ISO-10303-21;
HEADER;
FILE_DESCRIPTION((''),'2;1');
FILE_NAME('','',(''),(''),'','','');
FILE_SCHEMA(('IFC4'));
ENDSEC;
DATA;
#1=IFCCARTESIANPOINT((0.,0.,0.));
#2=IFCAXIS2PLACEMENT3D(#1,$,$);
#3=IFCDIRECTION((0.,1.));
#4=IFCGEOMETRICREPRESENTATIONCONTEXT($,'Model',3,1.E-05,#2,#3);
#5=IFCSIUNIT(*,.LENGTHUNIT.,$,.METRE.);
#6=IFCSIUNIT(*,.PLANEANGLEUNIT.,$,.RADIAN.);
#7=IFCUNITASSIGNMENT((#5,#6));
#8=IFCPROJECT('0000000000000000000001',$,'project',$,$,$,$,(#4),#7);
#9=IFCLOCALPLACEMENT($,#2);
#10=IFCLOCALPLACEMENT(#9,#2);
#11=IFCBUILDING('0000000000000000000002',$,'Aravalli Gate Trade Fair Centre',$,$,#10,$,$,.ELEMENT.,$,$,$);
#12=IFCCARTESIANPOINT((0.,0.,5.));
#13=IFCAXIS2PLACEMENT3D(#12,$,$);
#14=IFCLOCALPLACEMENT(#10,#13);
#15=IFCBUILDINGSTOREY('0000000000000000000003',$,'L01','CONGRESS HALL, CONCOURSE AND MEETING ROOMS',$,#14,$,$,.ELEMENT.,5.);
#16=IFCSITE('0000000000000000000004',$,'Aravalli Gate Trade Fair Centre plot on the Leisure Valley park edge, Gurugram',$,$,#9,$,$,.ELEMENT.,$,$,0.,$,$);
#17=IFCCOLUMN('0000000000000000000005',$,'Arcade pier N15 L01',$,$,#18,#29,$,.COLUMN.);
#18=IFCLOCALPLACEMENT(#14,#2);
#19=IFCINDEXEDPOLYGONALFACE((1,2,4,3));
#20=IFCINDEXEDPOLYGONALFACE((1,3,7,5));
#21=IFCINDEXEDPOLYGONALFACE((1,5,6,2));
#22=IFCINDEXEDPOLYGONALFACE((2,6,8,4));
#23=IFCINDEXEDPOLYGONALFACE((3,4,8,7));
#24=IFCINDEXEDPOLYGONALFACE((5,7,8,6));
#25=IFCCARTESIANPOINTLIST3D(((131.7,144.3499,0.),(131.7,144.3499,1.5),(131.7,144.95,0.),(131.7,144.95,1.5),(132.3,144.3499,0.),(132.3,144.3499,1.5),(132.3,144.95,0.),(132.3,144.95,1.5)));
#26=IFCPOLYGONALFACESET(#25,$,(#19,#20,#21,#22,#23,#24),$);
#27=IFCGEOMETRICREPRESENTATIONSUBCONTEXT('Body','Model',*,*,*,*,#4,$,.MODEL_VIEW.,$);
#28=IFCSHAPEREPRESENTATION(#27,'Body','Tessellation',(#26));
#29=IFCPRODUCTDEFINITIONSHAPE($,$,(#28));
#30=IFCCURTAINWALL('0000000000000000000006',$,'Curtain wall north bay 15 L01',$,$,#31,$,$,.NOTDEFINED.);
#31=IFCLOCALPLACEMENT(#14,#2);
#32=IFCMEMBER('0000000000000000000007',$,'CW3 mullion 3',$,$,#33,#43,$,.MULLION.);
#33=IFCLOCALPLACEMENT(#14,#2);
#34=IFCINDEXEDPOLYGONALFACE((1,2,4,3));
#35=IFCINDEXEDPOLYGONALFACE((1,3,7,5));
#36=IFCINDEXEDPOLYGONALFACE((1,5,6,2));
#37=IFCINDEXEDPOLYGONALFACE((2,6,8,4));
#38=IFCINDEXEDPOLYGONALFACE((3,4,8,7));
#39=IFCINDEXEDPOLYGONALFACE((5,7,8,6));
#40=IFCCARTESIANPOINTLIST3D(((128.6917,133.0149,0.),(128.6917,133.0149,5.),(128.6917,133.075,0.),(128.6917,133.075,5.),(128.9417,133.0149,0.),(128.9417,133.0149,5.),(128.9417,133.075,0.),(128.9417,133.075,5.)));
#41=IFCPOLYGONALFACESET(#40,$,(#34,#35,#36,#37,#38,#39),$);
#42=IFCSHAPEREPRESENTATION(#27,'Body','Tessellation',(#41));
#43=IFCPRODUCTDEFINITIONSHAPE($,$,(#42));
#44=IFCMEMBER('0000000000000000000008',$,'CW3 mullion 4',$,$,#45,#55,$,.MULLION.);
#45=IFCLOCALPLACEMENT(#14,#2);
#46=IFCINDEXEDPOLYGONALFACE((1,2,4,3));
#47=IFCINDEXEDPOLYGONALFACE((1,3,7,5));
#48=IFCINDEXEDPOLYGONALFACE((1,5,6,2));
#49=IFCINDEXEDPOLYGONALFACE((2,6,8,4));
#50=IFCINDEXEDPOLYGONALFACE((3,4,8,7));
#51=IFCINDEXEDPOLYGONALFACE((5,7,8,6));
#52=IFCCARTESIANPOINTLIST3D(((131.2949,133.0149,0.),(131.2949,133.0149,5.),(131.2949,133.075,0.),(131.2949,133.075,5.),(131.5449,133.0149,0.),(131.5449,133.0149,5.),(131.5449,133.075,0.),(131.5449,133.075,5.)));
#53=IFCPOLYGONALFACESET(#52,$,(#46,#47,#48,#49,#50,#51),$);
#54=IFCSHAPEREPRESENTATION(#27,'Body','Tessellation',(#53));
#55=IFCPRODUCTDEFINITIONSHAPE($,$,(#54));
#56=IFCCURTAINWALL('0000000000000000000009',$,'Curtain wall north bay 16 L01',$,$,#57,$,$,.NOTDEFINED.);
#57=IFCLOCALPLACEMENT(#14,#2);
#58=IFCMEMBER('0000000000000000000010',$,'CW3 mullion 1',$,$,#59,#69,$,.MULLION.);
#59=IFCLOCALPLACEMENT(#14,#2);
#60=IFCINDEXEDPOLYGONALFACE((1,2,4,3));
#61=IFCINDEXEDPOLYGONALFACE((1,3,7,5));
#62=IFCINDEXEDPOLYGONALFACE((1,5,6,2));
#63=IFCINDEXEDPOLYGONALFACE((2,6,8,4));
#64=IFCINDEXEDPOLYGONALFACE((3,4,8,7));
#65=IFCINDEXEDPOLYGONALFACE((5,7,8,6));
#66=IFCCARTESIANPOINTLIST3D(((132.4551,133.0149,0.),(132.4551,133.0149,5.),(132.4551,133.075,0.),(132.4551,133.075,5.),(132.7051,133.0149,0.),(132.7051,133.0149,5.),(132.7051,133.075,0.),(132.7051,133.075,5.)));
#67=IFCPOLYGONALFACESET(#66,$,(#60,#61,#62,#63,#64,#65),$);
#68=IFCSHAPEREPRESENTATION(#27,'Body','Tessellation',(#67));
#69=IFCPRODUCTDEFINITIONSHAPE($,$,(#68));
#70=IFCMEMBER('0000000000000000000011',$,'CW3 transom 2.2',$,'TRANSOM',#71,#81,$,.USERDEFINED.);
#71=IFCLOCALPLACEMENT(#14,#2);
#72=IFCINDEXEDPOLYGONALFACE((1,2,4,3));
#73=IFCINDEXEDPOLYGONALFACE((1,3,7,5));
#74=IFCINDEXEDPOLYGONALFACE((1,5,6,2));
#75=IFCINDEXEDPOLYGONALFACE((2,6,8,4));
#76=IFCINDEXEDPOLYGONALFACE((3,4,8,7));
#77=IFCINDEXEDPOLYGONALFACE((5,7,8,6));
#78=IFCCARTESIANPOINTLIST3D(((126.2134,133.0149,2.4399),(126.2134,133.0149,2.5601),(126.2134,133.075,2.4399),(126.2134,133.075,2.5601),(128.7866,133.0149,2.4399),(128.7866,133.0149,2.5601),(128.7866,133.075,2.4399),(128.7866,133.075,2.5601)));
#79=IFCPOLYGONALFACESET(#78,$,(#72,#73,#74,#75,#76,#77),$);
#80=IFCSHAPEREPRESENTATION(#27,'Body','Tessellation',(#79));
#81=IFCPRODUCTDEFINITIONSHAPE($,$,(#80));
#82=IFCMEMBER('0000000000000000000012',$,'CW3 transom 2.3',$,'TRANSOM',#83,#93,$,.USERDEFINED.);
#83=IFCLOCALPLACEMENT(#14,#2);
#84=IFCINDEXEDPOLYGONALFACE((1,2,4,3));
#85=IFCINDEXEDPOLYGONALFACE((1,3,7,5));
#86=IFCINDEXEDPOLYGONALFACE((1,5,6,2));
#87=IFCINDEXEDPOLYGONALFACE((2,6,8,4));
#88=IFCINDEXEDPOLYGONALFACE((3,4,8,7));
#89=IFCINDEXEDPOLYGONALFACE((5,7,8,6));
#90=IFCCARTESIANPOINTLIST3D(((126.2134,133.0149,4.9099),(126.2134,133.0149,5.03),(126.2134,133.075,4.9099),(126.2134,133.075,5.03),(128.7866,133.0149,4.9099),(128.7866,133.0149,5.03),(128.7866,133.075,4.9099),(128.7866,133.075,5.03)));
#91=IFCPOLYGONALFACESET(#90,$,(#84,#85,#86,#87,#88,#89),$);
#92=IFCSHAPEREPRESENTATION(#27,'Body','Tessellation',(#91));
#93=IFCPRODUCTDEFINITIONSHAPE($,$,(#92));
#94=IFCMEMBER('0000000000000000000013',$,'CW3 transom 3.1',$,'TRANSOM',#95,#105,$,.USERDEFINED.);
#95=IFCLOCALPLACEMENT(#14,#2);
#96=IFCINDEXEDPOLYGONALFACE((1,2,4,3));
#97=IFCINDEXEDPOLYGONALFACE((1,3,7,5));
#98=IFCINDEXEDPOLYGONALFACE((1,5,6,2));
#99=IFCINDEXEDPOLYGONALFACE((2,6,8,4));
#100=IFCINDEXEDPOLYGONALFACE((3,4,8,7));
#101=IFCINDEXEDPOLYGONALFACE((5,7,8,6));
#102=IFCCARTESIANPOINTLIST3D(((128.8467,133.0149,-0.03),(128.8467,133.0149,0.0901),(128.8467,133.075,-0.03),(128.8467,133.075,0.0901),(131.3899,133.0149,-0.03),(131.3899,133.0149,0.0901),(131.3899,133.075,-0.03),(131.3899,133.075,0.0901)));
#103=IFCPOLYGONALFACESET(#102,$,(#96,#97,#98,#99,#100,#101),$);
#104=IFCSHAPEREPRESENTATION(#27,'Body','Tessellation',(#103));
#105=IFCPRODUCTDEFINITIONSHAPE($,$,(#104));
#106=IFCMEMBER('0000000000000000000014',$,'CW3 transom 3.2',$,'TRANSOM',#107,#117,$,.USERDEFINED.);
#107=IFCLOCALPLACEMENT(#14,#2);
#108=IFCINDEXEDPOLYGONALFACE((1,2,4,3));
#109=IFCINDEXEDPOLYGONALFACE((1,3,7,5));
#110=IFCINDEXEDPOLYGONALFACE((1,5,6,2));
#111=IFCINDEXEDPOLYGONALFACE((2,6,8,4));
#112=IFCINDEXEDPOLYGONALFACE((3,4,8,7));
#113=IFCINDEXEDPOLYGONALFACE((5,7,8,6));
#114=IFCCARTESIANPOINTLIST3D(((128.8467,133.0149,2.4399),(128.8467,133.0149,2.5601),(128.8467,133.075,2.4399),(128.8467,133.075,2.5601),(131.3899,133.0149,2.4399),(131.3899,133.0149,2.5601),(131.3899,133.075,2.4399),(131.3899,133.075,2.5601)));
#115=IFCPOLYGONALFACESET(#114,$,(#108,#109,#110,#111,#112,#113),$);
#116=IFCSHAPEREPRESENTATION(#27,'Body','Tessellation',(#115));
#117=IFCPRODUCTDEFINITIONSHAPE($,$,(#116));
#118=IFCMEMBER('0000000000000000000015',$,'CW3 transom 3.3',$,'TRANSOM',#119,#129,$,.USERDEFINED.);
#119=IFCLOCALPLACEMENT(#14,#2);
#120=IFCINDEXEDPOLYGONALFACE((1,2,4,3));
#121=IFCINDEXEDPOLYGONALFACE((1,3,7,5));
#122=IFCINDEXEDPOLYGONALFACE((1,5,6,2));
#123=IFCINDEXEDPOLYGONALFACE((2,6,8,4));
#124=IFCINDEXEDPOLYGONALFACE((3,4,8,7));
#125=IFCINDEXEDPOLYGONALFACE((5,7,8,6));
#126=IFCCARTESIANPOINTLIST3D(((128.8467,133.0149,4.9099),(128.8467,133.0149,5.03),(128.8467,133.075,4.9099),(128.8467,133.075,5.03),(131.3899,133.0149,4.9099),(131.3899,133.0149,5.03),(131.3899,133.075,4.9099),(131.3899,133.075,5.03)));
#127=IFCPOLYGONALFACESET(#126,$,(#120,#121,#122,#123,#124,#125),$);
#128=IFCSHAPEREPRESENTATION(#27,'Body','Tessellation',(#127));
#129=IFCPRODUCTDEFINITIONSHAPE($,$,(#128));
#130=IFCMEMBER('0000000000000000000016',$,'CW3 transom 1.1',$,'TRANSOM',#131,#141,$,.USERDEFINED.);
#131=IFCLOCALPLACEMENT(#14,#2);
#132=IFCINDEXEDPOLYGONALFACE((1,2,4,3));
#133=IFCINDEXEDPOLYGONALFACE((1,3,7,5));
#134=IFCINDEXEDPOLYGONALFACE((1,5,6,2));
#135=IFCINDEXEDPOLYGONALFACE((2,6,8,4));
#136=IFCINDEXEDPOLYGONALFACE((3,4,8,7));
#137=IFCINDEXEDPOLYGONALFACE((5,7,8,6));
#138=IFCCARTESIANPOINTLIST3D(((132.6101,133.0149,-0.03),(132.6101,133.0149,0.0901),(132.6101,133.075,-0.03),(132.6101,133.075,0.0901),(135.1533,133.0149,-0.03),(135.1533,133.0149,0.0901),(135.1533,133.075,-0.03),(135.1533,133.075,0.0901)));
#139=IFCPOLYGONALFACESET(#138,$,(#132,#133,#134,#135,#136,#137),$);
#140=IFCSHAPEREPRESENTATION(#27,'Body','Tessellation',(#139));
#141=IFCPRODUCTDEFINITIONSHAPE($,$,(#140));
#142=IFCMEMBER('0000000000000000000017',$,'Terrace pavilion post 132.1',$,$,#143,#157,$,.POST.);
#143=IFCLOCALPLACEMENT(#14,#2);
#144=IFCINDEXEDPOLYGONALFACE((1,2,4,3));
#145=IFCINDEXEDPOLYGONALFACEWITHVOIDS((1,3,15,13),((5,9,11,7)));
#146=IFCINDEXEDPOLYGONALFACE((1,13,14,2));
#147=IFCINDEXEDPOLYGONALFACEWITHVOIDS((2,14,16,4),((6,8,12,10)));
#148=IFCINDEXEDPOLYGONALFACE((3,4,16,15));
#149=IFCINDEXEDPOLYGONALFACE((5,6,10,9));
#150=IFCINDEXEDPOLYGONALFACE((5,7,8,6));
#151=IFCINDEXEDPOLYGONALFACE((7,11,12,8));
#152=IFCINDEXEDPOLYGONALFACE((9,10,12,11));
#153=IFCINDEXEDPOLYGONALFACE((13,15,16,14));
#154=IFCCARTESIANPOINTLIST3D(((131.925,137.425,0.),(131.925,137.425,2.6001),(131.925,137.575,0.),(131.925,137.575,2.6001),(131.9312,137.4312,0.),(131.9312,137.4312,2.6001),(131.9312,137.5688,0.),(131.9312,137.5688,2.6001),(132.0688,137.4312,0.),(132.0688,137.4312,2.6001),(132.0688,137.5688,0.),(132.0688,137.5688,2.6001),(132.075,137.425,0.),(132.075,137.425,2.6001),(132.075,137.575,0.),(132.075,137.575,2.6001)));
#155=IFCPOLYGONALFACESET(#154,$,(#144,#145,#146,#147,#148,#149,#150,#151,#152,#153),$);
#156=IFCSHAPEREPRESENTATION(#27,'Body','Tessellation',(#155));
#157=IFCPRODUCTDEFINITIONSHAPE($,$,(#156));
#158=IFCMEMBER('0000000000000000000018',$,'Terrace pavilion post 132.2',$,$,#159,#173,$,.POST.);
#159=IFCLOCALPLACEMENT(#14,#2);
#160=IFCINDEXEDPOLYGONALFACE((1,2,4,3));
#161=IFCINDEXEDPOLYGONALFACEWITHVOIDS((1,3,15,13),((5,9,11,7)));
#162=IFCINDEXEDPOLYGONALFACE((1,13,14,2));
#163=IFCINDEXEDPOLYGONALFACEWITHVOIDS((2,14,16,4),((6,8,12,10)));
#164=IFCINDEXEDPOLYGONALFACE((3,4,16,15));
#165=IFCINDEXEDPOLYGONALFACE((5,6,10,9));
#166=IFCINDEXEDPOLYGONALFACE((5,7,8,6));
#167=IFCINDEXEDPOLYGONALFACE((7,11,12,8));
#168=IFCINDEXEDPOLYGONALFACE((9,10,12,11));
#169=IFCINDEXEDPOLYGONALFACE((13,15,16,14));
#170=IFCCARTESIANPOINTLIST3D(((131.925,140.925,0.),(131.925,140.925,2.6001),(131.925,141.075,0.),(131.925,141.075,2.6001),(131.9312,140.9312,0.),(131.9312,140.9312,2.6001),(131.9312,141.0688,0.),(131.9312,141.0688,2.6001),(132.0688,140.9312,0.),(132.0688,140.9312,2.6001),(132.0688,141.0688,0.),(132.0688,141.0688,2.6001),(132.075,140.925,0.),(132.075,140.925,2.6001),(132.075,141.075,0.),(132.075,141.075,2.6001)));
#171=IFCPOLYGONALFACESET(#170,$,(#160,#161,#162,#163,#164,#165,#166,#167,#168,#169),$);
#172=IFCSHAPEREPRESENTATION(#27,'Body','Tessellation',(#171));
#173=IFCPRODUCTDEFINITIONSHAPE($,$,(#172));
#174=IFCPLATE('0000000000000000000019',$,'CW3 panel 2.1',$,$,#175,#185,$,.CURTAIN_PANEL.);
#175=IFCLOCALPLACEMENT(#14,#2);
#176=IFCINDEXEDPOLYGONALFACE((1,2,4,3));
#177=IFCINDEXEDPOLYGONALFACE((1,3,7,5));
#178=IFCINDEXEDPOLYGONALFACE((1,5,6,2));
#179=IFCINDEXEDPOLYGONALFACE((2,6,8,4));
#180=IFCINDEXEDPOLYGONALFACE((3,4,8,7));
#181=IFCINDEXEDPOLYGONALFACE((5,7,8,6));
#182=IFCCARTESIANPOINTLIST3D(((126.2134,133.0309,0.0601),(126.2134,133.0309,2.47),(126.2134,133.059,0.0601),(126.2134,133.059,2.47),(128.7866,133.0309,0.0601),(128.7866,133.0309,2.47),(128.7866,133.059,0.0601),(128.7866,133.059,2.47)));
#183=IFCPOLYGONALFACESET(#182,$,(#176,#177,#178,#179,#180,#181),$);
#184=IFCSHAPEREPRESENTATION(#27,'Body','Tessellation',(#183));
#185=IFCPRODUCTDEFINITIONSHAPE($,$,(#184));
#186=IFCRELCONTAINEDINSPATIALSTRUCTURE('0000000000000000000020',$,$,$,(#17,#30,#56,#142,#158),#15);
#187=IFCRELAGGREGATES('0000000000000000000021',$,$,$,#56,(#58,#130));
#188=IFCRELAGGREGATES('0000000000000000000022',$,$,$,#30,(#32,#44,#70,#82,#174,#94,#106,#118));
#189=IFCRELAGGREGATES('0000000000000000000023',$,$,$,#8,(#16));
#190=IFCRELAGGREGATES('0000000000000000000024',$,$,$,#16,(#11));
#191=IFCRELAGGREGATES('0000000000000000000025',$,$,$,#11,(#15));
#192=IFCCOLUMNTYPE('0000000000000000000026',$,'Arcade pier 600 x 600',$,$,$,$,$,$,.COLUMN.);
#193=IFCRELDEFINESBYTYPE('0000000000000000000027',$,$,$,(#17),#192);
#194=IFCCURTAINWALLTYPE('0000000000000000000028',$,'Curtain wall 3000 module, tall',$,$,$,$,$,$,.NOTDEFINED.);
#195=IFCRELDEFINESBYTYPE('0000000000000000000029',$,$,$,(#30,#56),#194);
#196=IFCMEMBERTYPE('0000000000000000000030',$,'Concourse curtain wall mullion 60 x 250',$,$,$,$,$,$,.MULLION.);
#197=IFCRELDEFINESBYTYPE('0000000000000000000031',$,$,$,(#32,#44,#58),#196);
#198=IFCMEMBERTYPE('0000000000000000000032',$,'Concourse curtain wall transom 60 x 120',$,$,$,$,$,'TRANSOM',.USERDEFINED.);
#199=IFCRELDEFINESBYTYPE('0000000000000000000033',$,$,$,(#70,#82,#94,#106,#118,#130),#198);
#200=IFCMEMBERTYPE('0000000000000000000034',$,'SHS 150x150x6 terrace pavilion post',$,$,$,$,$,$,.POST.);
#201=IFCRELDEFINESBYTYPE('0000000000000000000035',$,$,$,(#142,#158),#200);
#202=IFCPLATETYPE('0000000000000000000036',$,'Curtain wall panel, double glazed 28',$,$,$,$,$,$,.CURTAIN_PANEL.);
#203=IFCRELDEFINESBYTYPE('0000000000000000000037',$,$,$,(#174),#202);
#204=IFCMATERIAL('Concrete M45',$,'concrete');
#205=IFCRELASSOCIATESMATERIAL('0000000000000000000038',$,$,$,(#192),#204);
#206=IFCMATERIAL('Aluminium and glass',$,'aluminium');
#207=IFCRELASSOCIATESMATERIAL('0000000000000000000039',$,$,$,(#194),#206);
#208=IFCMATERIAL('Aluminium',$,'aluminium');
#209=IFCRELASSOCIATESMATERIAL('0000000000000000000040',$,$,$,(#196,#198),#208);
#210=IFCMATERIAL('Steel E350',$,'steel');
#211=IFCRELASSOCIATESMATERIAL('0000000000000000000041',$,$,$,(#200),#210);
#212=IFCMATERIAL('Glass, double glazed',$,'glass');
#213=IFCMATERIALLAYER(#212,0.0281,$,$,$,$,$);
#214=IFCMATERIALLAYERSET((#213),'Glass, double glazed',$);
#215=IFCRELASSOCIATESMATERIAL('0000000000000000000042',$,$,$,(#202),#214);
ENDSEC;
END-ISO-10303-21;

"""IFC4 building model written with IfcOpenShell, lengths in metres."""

from ifc_helpers import new_model, si_unit, direction, frame, origin, origin_2d, place, context, subcontext, project, spatial, rectangle, hollow_rectangle, extrude, material, layer, layer_set, material_profile, profile_set, type_object, element, aggregate, save


model = new_model("IFC4")

# Units and contexts
model_context = context("Model", 3, precision=1e-05, world=origin(), true_north=direction((0.0, 1.0)))
body_context = subcontext(model_context, "Body", "Model", "MODEL_VIEW")
ifc_project = project(units=[si_unit("LENGTHUNIT", "METRE"), si_unit("PLANEANGLEUNIT", "RADIAN")], contexts=[model_context])

# Site, building, storey
site_placement = place(None, origin())
site = spatial("IfcSite", under=ifc_project, at=site_placement, Name="Aravalli Gate Trade Fair Centre plot on the Leisure Valley park edge, Gurugram", CompositionType="ELEMENT", RefElevation=0.0)
building_placement = place(site_placement, origin())
building = spatial("IfcBuilding", under=site, at=building_placement, Name="Aravalli Gate Trade Fair Centre", CompositionType="ELEMENT")
storey_placement = place(building_placement, frame((0.0, 0.0, 5.0)))
storey = spatial("IfcBuildingStorey", under=building, at=storey_placement, Name="L01", Description="CONGRESS HALL, CONCOURSE AND MEETING ROOMS", CompositionType="ELEMENT", Elevation=5.0)

# Column
ifc_material_1 = material(Name="Concrete M45", Category="concrete")
ifc_material_profile_1 = material_profile(ifc_material_1, rectangle(XDim=0.6001, YDim=0.6001, at=origin_2d()), Name="Arcade pier 600 x 600")
ifc_profile_set_1 = profile_set([ifc_material_profile_1], Name="Concrete M45")
column_type = type_object("IfcColumnType", Name="Arcade pier 600 x 600", PredefinedType="COLUMN", material=ifc_profile_set_1)
column_placement = place(storey_placement, frame((132.0, 144.6499, 0.0), z_axis=(0.0, 0.0, 1.0), x_axis=(1.0, 0.0, 0.0)))
element("IfcColumn", 1, at=column_placement, inside=storey, type_object=column_type, Name="Arcade pier N15 L01", PredefinedType="COLUMN", context=body_context, shape_type="SweptSolid", body=[
    extrude(rectangle(XDim=0.6001, YDim=0.6001, at=origin_2d()), origin(), (0.0, 0.0, 1.0), 1.5),
])

# Curtain wall, members
ifc_material_2 = material(Name="Aluminium and glass", Category="aluminium")
curtain_wall_type = type_object("IfcCurtainWallType", Name="Curtain wall 3000 module, tall", PredefinedType="NOTDEFINED", material=ifc_material_2)
curtain_wall_1_placement = place(storey_placement, origin())
curtain_wall_1 = element("IfcCurtainWall", 2, at=curtain_wall_1_placement, inside=storey, type_object=curtain_wall_type, Name="Curtain wall north bay 15 L01", PredefinedType="NOTDEFINED")
ifc_material_3 = material(Name="Aluminium", Category="aluminium")
ifc_material_profile_2 = material_profile(ifc_material_3, rectangle(XDim=0.0601, YDim=0.25, at=origin_2d()), Name="Concourse curtain wall mullion 60 x 250")
ifc_profile_set_2 = profile_set([ifc_material_profile_2], Name="Aluminium")
member_type_1 = type_object("IfcMemberType", Name="Concourse curtain wall mullion 60 x 250", PredefinedType="MULLION", material=ifc_profile_set_2)
member_1_placement = place(storey_placement, frame((128.8167, 133.0449, 0.0), z_axis=(0.0, 0.0, 1.0), x_axis=(0.0, 1.0, 0.0)))
member_1 = element("IfcMember", 3, at=member_1_placement, type_object=member_type_1, Name="CW3 mullion 3", PredefinedType="MULLION", context=body_context, shape_type="SweptSolid", body=[
    extrude(rectangle(XDim=0.0601, YDim=0.25, at=origin_2d()), origin(), (0.0, 0.0, 1.0), 5.0),
])
member_2_placement = place(storey_placement, frame((131.4199, 133.0449, 0.0), z_axis=(0.0, 0.0, 1.0), x_axis=(0.0, 1.0, 0.0)))
member_2 = element("IfcMember", 4, at=member_2_placement, type_object=member_type_1, Name="CW3 mullion 4", PredefinedType="MULLION", context=body_context, shape_type="SweptSolid", body=[
    extrude(rectangle(XDim=0.0601, YDim=0.25, at=origin_2d()), origin(), (0.0, 0.0, 1.0), 5.0),
])

# Curtain wall, member
curtain_wall_2_placement = place(storey_placement, origin())
curtain_wall_2 = element("IfcCurtainWall", 5, at=curtain_wall_2_placement, inside=storey, type_object=curtain_wall_type, Name="Curtain wall north bay 16 L01", PredefinedType="NOTDEFINED")
member_3_placement = place(storey_placement, frame((132.5801, 133.0449, 0.0), z_axis=(0.0, 0.0, 1.0), x_axis=(0.0, 1.0, 0.0)))
member_3 = element("IfcMember", 6, at=member_3_placement, type_object=member_type_1, Name="CW3 mullion 1", PredefinedType="MULLION", context=body_context, shape_type="SweptSolid", body=[
    extrude(rectangle(XDim=0.0601, YDim=0.25, at=origin_2d()), origin(), (0.0, 0.0, 1.0), 5.0),
])

# Members
ifc_material_profile_3 = material_profile(ifc_material_3, rectangle(XDim=0.0601, YDim=0.1201, at=origin_2d()), Name="Concourse curtain wall transom 60 x 120")
ifc_profile_set_3 = profile_set([ifc_material_profile_3], Name="Aluminium")
member_type_2 = type_object("IfcMemberType", Name="Concourse curtain wall transom 60 x 120", ElementType="TRANSOM", PredefinedType="USERDEFINED", material=ifc_profile_set_3)
member_4_placement = place(storey_placement, frame((126.2134, 133.0449, 2.5), z_axis=(1.0, 0.0, 0.0), x_axis=(0.0, 1.0, 0.0)))
member_4 = element("IfcMember", 7, at=member_4_placement, type_object=member_type_2, Name="CW3 transom 2.2", ObjectType="TRANSOM", PredefinedType="USERDEFINED", context=body_context, shape_type="SweptSolid", body=[
    extrude(rectangle(XDim=0.0601, YDim=0.1201, at=origin_2d()), origin(), (0.0, 0.0, 1.0), 2.5732),
])
member_5_placement = place(storey_placement, frame((126.2134, 133.0449, 4.97), z_axis=(1.0, 0.0, 0.0), x_axis=(0.0, 1.0, 0.0)))
member_5 = element("IfcMember", 8, at=member_5_placement, type_object=member_type_2, Name="CW3 transom 2.3", ObjectType="TRANSOM", PredefinedType="USERDEFINED", context=body_context, shape_type="SweptSolid", body=[
    extrude(rectangle(XDim=0.0601, YDim=0.1201, at=origin_2d()), origin(), (0.0, 0.0, 1.0), 2.5732),
])
member_6_placement = place(storey_placement, frame((128.8467, 133.0449, 0.03), z_axis=(1.0, 0.0, 0.0), x_axis=(0.0, 1.0, 0.0)))
member_6 = element("IfcMember", 9, at=member_6_placement, type_object=member_type_2, Name="CW3 transom 3.1", ObjectType="TRANSOM", PredefinedType="USERDEFINED", context=body_context, shape_type="SweptSolid", body=[
    extrude(rectangle(XDim=0.0601, YDim=0.1201, at=origin_2d()), origin(), (0.0, 0.0, 1.0), 2.5432),
])
member_7_placement = place(storey_placement, frame((128.8467, 133.0449, 2.5), z_axis=(1.0, 0.0, 0.0), x_axis=(0.0, 1.0, 0.0)))
member_7 = element("IfcMember", 10, at=member_7_placement, type_object=member_type_2, Name="CW3 transom 3.2", ObjectType="TRANSOM", PredefinedType="USERDEFINED", context=body_context, shape_type="SweptSolid", body=[
    extrude(rectangle(XDim=0.0601, YDim=0.1201, at=origin_2d()), origin(), (0.0, 0.0, 1.0), 2.5432),
])
member_8_placement = place(storey_placement, frame((128.8467, 133.0449, 4.97), z_axis=(1.0, 0.0, 0.0), x_axis=(0.0, 1.0, 0.0)))
member_8 = element("IfcMember", 11, at=member_8_placement, type_object=member_type_2, Name="CW3 transom 3.3", ObjectType="TRANSOM", PredefinedType="USERDEFINED", context=body_context, shape_type="SweptSolid", body=[
    extrude(rectangle(XDim=0.0601, YDim=0.1201, at=origin_2d()), origin(), (0.0, 0.0, 1.0), 2.5432),
])
member_9_placement = place(storey_placement, frame((132.6101, 133.0449, 0.03), z_axis=(1.0, 0.0, 0.0), x_axis=(0.0, 1.0, 0.0)))
member_9 = element("IfcMember", 12, at=member_9_placement, type_object=member_type_2, Name="CW3 transom 1.1", ObjectType="TRANSOM", PredefinedType="USERDEFINED", context=body_context, shape_type="SweptSolid", body=[
    extrude(rectangle(XDim=0.0601, YDim=0.1201, at=origin_2d()), origin(), (0.0, 0.0, 1.0), 2.5432),
])
aggregate(curtain_wall_2, [member_3, member_9])

# Members
ifc_material_4 = material(Name="Steel E350", Category="steel")
ifc_material_profile_4 = material_profile(ifc_material_4, hollow_rectangle(XDim=0.1499, YDim=0.1499, WallThickness=0.0061, at=origin_2d()), Name="SHS 150x150x6")
ifc_profile_set_4 = profile_set([ifc_material_profile_4], Name="Steel E350")
member_type_3 = type_object("IfcMemberType", Name="SHS 150x150x6 terrace pavilion post", PredefinedType="POST", material=ifc_profile_set_4)
for number, where, z_axis, x_axis, name in (
    (13, (132.0, 137.5, 0.0), (0.0, 0.0, 1.0), (1.0, 0.0, 0.0), "Terrace pavilion post 132.1"),
    (14, (132.0, 141.0, 0.0), (0.0, 0.0, 1.0), (1.0, 0.0, 0.0), "Terrace pavilion post 132.2"),
):
    element("IfcMember", number, at=place(storey_placement, frame(where, z_axis=z_axis, x_axis=x_axis)), inside=storey, type_object=member_type_3, Name=name, PredefinedType="POST", context=body_context, shape_type="SweptSolid", body=[
        extrude(hollow_rectangle(XDim=0.1499, YDim=0.1499, WallThickness=0.0061, at=origin_2d()), origin(), (0.0, 0.0, 1.0), 2.6001),
    ])

# Plate
ifc_material_5 = material(Name="Glass, double glazed", Category="glass")
ifc_layer_1 = layer(ifc_material_5, 0.0281)
ifc_layer_set_1 = layer_set([ifc_layer_1], Name="Glass, double glazed")
plate_type = type_object("IfcPlateType", Name="Curtain wall panel, double glazed 28", PredefinedType="CURTAIN_PANEL", material=ifc_layer_set_1)
plate_1_placement = place(storey_placement, frame((127.5, 133.0449, 0.0601), z_axis=(0.0, 0.0, 1.0), x_axis=(1.0, 0.0, 0.0)))
plate_1 = element("IfcPlate", 15, at=plate_1_placement, type_object=plate_type, Name="CW3 panel 2.1", PredefinedType="CURTAIN_PANEL", context=body_context, shape_type="SweptSolid", body=[
    extrude(rectangle(XDim=2.5732, YDim=0.0281, at=origin_2d()), origin(), (0.0, 0.0, 1.0), 2.4099),
])
aggregate(curtain_wall_1, [member_1, member_2, member_4, member_5, plate_1, member_6, member_7, member_8])

save(model, "model.ifc")
